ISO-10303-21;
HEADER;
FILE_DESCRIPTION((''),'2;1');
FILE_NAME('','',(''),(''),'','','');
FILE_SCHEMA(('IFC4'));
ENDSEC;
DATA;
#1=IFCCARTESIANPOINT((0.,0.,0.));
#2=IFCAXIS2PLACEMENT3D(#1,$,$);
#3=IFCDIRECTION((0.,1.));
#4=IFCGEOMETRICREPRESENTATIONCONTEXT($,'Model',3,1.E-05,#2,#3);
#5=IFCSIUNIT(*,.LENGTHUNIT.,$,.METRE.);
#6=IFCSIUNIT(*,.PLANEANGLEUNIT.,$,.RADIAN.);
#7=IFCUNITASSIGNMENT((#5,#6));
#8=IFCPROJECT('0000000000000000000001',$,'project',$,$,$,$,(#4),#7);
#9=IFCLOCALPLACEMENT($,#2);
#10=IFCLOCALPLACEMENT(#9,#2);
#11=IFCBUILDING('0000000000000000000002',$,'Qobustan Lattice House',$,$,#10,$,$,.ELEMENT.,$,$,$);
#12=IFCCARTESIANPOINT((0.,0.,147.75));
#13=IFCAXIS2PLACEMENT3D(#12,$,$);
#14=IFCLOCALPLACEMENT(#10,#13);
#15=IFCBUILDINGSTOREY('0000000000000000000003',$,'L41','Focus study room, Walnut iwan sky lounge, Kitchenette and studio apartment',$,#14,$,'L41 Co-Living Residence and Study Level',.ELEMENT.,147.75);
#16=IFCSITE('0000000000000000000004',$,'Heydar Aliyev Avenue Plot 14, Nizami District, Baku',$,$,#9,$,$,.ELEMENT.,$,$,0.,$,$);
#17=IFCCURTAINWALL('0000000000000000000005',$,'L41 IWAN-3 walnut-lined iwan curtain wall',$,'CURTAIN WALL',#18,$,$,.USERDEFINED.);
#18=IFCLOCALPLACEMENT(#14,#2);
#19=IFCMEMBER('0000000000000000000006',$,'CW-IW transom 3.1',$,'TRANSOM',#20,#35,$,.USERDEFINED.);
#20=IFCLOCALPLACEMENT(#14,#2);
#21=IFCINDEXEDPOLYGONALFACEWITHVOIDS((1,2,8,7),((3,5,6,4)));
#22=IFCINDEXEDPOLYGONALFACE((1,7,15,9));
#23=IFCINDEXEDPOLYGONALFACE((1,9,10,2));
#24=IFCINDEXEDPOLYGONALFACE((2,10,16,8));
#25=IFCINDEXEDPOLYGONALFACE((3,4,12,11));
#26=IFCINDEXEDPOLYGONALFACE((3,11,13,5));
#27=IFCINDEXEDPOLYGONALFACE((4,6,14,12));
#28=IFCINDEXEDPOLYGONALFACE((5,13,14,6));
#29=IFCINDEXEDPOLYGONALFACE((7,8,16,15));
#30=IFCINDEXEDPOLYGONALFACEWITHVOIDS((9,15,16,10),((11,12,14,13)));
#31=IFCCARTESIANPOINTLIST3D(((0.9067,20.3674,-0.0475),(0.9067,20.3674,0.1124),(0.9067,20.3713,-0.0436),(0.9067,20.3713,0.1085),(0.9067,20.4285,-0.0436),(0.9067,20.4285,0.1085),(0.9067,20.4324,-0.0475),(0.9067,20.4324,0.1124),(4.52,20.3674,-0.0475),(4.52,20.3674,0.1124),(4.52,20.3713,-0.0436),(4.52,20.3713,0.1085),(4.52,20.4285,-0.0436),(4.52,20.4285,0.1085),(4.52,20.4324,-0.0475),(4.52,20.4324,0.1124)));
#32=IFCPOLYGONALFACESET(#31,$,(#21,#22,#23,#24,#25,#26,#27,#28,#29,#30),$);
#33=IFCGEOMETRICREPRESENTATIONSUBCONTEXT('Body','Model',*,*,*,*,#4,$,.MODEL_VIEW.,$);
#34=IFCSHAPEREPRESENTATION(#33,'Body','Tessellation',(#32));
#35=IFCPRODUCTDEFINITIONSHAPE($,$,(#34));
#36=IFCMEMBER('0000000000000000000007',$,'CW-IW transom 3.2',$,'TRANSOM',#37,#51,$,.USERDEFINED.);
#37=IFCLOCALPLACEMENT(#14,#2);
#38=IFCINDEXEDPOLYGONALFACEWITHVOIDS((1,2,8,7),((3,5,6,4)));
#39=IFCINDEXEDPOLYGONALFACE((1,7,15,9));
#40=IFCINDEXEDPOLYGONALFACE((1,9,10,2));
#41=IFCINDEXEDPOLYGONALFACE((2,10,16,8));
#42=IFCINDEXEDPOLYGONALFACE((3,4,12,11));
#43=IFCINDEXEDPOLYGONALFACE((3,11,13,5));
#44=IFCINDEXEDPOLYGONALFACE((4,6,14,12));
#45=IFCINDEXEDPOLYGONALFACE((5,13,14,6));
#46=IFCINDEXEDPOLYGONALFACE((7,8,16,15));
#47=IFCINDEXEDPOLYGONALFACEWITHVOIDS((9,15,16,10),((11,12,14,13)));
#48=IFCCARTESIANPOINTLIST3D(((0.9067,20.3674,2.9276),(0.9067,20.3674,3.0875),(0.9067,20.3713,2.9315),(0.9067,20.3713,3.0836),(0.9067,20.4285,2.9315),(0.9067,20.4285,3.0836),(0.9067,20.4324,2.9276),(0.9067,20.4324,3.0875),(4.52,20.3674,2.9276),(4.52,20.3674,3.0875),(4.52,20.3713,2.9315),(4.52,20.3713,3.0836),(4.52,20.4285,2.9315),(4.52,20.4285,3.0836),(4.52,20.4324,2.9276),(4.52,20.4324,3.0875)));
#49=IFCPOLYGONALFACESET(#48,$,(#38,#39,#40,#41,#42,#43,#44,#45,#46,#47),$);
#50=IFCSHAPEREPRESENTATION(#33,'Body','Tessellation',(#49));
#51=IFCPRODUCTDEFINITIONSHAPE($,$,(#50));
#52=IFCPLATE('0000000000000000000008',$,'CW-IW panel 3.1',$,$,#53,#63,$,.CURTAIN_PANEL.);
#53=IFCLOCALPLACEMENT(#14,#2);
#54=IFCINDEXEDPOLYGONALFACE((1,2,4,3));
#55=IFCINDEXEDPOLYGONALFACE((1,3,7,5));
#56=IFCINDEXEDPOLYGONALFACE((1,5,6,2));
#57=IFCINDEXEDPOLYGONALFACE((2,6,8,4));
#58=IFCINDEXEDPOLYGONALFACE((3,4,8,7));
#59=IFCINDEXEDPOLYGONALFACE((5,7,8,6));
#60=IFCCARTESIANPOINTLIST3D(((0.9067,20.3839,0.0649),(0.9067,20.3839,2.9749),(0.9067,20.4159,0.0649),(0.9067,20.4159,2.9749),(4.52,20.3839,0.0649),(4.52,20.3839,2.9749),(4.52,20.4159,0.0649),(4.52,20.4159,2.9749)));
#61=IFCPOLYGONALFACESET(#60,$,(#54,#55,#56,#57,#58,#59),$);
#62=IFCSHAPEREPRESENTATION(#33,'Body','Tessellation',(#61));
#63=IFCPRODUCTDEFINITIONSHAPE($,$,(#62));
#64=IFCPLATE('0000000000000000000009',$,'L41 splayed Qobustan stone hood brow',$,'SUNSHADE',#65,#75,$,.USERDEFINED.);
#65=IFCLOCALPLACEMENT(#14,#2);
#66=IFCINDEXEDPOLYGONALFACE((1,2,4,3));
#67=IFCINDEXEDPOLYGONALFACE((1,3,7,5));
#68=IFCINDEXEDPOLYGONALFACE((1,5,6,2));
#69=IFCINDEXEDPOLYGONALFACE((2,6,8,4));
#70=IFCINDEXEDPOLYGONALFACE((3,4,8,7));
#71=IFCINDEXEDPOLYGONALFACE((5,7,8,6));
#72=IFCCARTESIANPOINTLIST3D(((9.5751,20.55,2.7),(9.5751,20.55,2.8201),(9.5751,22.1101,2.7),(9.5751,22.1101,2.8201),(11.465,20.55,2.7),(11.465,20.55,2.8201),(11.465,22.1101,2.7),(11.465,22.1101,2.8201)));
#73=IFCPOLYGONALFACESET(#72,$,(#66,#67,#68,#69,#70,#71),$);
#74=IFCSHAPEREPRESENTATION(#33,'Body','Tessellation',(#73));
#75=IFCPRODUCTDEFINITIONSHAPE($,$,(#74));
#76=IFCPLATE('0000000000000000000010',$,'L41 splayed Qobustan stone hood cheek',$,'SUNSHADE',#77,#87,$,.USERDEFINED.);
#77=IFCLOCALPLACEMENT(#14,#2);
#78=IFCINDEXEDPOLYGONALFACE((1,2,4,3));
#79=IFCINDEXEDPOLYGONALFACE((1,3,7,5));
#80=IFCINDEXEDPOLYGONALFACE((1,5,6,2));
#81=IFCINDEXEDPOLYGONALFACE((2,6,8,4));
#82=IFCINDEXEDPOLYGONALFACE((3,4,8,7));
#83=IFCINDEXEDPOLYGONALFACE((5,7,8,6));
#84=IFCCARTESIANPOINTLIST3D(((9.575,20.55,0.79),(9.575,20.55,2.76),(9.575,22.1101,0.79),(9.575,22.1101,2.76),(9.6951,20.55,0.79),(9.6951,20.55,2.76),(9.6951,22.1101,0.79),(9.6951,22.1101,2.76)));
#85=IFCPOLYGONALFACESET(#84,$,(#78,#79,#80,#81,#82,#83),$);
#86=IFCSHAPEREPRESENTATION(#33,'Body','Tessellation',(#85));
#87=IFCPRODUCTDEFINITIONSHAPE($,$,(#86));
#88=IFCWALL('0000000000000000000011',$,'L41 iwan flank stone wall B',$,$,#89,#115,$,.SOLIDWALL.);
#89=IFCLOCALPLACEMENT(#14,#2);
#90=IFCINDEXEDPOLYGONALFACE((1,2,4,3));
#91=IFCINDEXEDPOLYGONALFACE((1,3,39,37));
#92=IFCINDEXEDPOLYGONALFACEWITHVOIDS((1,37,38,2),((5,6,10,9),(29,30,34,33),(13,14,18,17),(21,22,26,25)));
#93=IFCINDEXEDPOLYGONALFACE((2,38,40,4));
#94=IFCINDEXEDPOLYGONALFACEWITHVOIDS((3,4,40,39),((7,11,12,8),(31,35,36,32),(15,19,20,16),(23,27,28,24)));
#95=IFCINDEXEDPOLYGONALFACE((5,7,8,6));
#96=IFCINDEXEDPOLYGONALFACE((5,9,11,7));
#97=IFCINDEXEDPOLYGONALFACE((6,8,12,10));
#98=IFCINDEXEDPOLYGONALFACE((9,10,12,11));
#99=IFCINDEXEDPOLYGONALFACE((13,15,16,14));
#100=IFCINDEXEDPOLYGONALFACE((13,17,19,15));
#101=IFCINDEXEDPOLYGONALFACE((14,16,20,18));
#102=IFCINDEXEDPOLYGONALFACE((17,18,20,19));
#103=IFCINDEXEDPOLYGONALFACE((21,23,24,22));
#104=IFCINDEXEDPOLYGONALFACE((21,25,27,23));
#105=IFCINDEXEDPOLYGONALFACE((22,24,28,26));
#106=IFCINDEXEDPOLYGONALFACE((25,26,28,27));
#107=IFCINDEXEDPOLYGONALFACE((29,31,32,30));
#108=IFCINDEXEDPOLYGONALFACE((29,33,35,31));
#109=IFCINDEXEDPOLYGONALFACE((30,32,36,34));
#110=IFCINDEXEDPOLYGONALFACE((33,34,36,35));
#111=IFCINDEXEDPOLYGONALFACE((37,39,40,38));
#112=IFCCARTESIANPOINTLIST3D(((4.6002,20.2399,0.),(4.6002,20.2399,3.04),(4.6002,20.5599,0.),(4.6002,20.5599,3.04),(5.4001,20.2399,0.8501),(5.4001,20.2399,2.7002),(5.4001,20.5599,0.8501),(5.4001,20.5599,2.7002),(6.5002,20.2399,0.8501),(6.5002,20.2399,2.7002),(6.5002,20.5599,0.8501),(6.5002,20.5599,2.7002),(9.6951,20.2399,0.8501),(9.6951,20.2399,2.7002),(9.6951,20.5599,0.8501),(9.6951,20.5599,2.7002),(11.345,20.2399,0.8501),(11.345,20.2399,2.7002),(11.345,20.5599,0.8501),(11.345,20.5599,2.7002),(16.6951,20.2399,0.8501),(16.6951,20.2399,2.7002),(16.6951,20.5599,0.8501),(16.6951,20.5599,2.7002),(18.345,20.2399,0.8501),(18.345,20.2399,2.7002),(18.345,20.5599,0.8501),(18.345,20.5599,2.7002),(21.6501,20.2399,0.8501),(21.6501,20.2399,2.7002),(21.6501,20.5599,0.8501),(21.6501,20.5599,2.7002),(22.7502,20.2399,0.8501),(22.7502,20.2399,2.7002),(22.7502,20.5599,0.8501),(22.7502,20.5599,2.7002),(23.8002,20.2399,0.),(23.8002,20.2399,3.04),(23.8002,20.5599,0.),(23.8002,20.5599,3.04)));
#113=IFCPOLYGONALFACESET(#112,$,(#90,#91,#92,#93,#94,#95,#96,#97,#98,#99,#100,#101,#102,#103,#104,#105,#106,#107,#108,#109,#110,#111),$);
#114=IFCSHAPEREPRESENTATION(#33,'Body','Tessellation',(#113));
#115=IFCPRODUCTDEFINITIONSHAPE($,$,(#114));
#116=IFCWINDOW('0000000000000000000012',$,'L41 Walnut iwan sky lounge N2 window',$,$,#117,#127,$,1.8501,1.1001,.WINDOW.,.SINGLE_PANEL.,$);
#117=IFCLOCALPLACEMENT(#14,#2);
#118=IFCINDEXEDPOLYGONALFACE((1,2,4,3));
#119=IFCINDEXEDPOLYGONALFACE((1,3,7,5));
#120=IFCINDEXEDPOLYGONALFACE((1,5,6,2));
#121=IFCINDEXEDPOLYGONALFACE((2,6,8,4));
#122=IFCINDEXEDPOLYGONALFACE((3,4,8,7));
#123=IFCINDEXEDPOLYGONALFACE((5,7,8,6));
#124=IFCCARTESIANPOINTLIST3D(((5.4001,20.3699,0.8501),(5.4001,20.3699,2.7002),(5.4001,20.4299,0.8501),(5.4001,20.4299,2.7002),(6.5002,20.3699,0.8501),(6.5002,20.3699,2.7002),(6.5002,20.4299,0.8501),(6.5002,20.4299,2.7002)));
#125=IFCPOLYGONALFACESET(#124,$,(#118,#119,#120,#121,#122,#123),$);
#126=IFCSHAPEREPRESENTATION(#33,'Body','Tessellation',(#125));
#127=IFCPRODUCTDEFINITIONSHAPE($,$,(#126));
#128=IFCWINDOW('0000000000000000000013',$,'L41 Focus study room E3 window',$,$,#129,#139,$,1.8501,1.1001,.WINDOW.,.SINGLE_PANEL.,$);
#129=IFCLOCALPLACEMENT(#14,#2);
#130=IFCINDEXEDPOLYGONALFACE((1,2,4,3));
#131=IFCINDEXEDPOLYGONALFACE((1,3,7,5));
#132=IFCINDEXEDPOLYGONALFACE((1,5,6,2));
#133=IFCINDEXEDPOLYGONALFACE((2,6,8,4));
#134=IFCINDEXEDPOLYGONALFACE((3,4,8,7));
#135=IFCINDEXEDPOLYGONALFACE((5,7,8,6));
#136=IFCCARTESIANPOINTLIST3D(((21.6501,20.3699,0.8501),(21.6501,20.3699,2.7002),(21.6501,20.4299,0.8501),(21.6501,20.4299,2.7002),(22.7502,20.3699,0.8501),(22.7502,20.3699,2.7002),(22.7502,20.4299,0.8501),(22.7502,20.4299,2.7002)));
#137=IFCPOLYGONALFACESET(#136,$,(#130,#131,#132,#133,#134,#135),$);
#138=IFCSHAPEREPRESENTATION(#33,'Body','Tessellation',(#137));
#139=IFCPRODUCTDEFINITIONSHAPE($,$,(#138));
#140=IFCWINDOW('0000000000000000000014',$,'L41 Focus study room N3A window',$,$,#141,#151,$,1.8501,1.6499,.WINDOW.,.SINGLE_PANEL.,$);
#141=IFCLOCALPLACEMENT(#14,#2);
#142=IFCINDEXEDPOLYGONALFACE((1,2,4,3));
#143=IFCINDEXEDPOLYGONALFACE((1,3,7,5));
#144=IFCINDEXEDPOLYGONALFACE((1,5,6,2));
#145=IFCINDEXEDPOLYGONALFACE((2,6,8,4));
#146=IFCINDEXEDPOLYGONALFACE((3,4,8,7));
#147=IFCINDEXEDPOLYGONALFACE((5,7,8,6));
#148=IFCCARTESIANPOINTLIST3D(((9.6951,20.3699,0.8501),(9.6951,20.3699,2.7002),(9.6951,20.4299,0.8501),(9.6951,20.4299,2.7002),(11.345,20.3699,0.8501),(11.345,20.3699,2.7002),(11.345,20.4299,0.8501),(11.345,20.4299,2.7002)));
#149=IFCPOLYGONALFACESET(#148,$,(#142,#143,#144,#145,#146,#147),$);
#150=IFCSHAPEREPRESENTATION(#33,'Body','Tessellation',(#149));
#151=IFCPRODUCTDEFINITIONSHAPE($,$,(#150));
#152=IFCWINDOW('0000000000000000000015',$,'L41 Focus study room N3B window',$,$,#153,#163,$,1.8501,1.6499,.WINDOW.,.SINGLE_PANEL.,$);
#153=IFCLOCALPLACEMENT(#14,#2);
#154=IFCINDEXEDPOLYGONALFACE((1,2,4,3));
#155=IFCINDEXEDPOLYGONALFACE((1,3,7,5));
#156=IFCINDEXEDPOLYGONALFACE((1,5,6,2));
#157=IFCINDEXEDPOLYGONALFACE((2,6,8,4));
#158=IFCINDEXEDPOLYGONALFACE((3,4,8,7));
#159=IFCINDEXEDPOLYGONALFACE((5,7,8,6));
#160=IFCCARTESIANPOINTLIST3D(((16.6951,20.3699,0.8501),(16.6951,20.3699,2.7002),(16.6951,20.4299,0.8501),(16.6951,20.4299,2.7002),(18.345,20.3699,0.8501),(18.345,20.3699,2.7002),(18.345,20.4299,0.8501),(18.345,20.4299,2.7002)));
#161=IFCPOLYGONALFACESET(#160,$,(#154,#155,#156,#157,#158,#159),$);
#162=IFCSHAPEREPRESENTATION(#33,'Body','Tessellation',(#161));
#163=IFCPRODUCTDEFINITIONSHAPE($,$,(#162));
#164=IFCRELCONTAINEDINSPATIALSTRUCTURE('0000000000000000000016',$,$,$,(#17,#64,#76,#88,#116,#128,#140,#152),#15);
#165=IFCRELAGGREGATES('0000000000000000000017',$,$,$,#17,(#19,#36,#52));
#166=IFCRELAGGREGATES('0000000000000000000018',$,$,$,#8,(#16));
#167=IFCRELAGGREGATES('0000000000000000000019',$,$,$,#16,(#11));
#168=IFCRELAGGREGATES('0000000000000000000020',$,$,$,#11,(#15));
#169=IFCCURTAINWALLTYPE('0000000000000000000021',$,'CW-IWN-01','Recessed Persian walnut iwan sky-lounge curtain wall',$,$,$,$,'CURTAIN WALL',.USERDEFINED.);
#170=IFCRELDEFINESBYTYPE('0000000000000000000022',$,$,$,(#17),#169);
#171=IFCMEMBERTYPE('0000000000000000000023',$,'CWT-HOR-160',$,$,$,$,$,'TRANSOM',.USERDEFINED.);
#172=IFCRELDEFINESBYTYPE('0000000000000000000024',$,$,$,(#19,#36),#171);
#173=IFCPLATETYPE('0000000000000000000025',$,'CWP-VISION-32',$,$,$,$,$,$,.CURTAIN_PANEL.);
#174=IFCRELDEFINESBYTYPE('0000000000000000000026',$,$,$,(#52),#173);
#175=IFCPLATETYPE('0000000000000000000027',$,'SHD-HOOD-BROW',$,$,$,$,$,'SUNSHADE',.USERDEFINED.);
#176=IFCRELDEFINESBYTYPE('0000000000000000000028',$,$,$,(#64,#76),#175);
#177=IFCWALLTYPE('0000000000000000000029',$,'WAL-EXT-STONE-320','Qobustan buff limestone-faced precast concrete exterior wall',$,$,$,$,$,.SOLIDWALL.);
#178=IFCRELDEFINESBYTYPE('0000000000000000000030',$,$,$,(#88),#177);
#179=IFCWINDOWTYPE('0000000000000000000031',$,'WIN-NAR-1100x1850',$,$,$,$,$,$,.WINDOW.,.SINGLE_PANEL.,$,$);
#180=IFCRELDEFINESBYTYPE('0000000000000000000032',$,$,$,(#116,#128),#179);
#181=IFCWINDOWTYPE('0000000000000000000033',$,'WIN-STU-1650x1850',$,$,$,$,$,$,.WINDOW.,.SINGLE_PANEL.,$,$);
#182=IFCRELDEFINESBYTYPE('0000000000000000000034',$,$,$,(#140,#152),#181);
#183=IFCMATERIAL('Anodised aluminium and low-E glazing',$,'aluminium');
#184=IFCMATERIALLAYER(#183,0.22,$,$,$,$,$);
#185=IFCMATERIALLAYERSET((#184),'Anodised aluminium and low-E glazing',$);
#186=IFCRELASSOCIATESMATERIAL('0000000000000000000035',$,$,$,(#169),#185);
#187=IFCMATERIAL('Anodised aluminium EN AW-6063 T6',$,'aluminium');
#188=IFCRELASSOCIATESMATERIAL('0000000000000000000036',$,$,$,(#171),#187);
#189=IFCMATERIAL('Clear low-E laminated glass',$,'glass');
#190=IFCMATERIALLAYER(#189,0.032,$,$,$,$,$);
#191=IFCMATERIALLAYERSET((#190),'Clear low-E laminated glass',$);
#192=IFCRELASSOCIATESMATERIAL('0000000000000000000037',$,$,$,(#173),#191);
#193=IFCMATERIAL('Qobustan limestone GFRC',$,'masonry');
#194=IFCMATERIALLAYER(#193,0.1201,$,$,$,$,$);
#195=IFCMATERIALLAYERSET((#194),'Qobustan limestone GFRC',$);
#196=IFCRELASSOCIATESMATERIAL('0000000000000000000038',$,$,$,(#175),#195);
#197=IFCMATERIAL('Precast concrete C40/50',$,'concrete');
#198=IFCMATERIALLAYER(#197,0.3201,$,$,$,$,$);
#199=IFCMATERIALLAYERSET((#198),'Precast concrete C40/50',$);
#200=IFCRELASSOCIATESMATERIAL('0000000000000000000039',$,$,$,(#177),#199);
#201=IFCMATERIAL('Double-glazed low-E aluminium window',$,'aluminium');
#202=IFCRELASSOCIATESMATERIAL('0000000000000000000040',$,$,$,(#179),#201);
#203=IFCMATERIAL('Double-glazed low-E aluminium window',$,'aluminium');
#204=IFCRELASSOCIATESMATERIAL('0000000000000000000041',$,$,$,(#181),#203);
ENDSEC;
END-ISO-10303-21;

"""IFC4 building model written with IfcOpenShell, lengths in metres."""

from ifc_helpers import new_model, si_unit, direction, frame, frame_2d, origin, origin_2d, place, context, subcontext, project, spatial, rectangle, hollow_rectangle, extrude, material, layer, layer_set, material_profile, profile_set, type_object, element, fill, aggregate, save


model = new_model("IFC4")

# Units and contexts
model_context = context("Model", 3, precision=1e-05, world=origin(), true_north=direction((0.0, 1.0)))
body_context = subcontext(model_context, "Body", "Model", "MODEL_VIEW")
ifc_project = project(units=[si_unit("LENGTHUNIT", "METRE"), si_unit("PLANEANGLEUNIT", "RADIAN")], contexts=[model_context])

# Site, building, storey
site_placement = place(None, origin())
site = spatial("IfcSite", under=ifc_project, at=site_placement, Name="Heydar Aliyev Avenue Plot 14, Nizami District, Baku", CompositionType="ELEMENT", RefElevation=0.0)
building_placement = place(site_placement, origin())
building = spatial("IfcBuilding", under=site, at=building_placement, Name="Qobustan Lattice House", CompositionType="ELEMENT")
storey_placement = place(building_placement, frame((0.0, 0.0, 147.75)))
storey = spatial("IfcBuildingStorey", under=building, at=storey_placement, Name="L41", Description="Focus study room, Walnut iwan sky lounge, Kitchenette and studio apartment", LongName="L41 Co-Living Residence and Study Level", CompositionType="ELEMENT", Elevation=147.75)

# Curtain wall, members, plate
ifc_material_1 = material(Name="Anodised aluminium and low-E glazing", Category="aluminium")
ifc_layer_1 = layer(ifc_material_1, 0.22)
ifc_layer_set_1 = layer_set([ifc_layer_1], Name="Anodised aluminium and low-E glazing")
curtain_wall_type = type_object("IfcCurtainWallType", Name="CW-IWN-01", Description="Recessed Persian walnut iwan sky-lounge curtain wall", ElementType="CURTAIN WALL", PredefinedType="USERDEFINED", material=ifc_layer_set_1)
curtain_wall_placement = place(storey_placement, origin())
curtain_wall = element("IfcCurtainWall", 1, at=curtain_wall_placement, inside=storey, type_object=curtain_wall_type, Name="L41 IWAN-3 walnut-lined iwan curtain wall", ObjectType="CURTAIN WALL", PredefinedType="USERDEFINED")
ifc_material_2 = material(Name="Anodised aluminium EN AW-6063 T6", Category="aluminium")
ifc_material_profile_1 = material_profile(ifc_material_2, hollow_rectangle(XDim=0.0649, YDim=0.1599, WallThickness=0.0039, at=origin_2d()), Name="CWT-160x65")
ifc_profile_set_1 = profile_set([ifc_material_profile_1], Name="Anodised aluminium EN AW-6063 T6")
member_type_1 = type_object("IfcMemberType", Name="CWT-HOR-160", ElementType="TRANSOM", PredefinedType="USERDEFINED", material=ifc_profile_set_1)
member_1_placement = place(storey_placement, frame((0.9067, 20.3999, 0.0325), z_axis=(1.0, 0.0, 0.0), x_axis=(0.0, 1.0, 0.0)))
member_1 = element("IfcMember", 2, at=member_1_placement, type_object=member_type_1, Name="CW-IW transom 3.1", ObjectType="TRANSOM", PredefinedType="USERDEFINED", context=body_context, shape_type="SweptSolid", body=[
    extrude(hollow_rectangle(XDim=0.0649, YDim=0.1599, WallThickness=0.0039, at=origin_2d()), origin(), (0.0, 0.0, 1.0), 3.6133),
])
member_2_placement = place(storey_placement, frame((0.9067, 20.3999, 3.0076), z_axis=(1.0, 0.0, 0.0), x_axis=(0.0, 1.0, 0.0)))
member_2 = element("IfcMember", 3, at=member_2_placement, type_object=member_type_1, Name="CW-IW transom 3.2", ObjectType="TRANSOM", PredefinedType="USERDEFINED", context=body_context, shape_type="SweptSolid", body=[
    extrude(hollow_rectangle(XDim=0.0649, YDim=0.1599, WallThickness=0.0039, at=origin_2d()), origin(), (0.0, 0.0, 1.0), 3.6133),
])
ifc_material_3 = material(Name="Clear low-E laminated glass", Category="glass")
ifc_layer_2 = layer(ifc_material_3, 0.032)
ifc_layer_set_2 = layer_set([ifc_layer_2], Name="Clear low-E laminated glass")
plate_type_1 = type_object("IfcPlateType", Name="CWP-VISION-32", PredefinedType="CURTAIN_PANEL", material=ifc_layer_set_2)
plate_1_placement = place(storey_placement, frame((2.7134, 20.3999, 0.0649), z_axis=(0.0, 0.0, 1.0), x_axis=(1.0, 0.0, 0.0)))
plate_1 = element("IfcPlate", 4, at=plate_1_placement, type_object=plate_type_1, Name="CW-IW panel 3.1", PredefinedType="CURTAIN_PANEL", context=body_context, shape_type="SweptSolid", body=[
    extrude(rectangle(XDim=3.6133, YDim=0.032, at=origin_2d()), origin(), (0.0, 0.0, 1.0), 2.9099),
])
aggregate(curtain_wall, [member_1, member_2, plate_1])

# Plates
ifc_material_4 = material(Name="Qobustan limestone GFRC", Category="masonry")
ifc_layer_3 = layer(ifc_material_4, 0.1201)
ifc_layer_set_3 = layer_set([ifc_layer_3], Name="Qobustan limestone GFRC")
plate_type_2 = type_object("IfcPlateType", Name="SHD-HOOD-BROW", ElementType="SUNSHADE", PredefinedType="USERDEFINED", material=ifc_layer_set_3)
plate_2_placement = place(storey_placement, frame((10.52, 21.3301, 2.7), z_axis=(0.0, 0.0, 1.0), x_axis=(1.0, 0.0, 0.0)))
element("IfcPlate", 5, at=plate_2_placement, inside=storey, type_object=plate_type_2, Name="L41 splayed Qobustan stone hood brow", ObjectType="SUNSHADE", PredefinedType="USERDEFINED", context=body_context, shape_type="SweptSolid", body=[
    extrude(rectangle(XDim=1.8899, YDim=1.5601, at=origin_2d()), origin(), (0.0, 0.0, 1.0), 0.1201),
])
plate_3_placement = place(storey_placement, frame((9.635, 21.3301, 0.79), z_axis=(0.0, 0.0, 1.0), x_axis=(1.0, 0.0, 0.0)))
element("IfcPlate", 6, at=plate_3_placement, inside=storey, type_object=plate_type_2, Name="L41 splayed Qobustan stone hood cheek", ObjectType="SUNSHADE", PredefinedType="USERDEFINED", context=body_context, shape_type="SweptSolid", body=[
    extrude(rectangle(XDim=0.1201, YDim=1.5601, at=origin_2d()), origin(), (0.0, 0.0, 1.0), 1.97),
])

# Wall, openings, windows
ifc_material_5 = material(Name="Precast concrete C40/50", Category="concrete")
ifc_layer_4 = layer(ifc_material_5, 0.3201)
ifc_layer_set_4 = layer_set([ifc_layer_4], Name="Precast concrete C40/50")
wall_type_1 = type_object("IfcWallType", Name="WAL-EXT-STONE-320", Description="Qobustan buff limestone-faced precast concrete exterior wall", PredefinedType="SOLIDWALL", material=ifc_layer_set_4)
wall_1_placement = place(storey_placement, frame((4.6001, 20.3999, 0.0), z_axis=(0.0, 0.0, 1.0), x_axis=(1.0, 0.0, 0.0)))
wall_1 = element("IfcWall", 7, at=wall_1_placement, inside=storey, type_object=wall_type_1, Name="L41 iwan flank stone wall B", PredefinedType="SOLIDWALL", context=body_context, shape_type="SweptSolid", body=[
    extrude(rectangle(XDim=19.2, YDim=0.3201, at=frame_2d((9.6001, 0.0))), origin(), (0.0, 0.0, 1.0), 3.04),
])
opening_1_placement = place(wall_1_placement, frame((0.8, 0.0, 0.8501)))
opening_1 = element("IfcOpeningElement", 8, at=opening_1_placement, cuts=wall_1, PredefinedType="OPENING", context=body_context, shape_type="SweptSolid", body=[
    extrude(rectangle(XDim=1.1001, YDim=1.8501, at=frame_2d((0.55, 0.925))), frame((0.0, 0.1699, 0.0), z_axis=(0.0, -1.0, 0.0), x_axis=(1.0, 0.0, 0.0)), (0.0, 0.0, 1.0), 0.3401),
])
opening_2_placement = place(wall_1_placement, frame((5.095, 0.0, 0.8501)))
opening_2 = element("IfcOpeningElement", 9, at=opening_2_placement, cuts=wall_1, PredefinedType="OPENING", context=body_context, shape_type="SweptSolid", body=[
    extrude(rectangle(XDim=1.6499, YDim=1.8501, at=frame_2d((0.825, 0.925))), frame((0.0, 0.1699, 0.0), z_axis=(0.0, -1.0, 0.0), x_axis=(1.0, 0.0, 0.0)), (0.0, 0.0, 1.0), 0.3401),
])
opening_3_placement = place(wall_1_placement, frame((12.095, 0.0, 0.8501)))
opening_3 = element("IfcOpeningElement", 10, at=opening_3_placement, cuts=wall_1, PredefinedType="OPENING", context=body_context, shape_type="SweptSolid", body=[
    extrude(rectangle(XDim=1.6499, YDim=1.8501, at=frame_2d((0.825, 0.925))), frame((0.0, 0.1699, 0.0), z_axis=(0.0, -1.0, 0.0), x_axis=(1.0, 0.0, 0.0)), (0.0, 0.0, 1.0), 0.3401),
])
opening_4_placement = place(wall_1_placement, frame((17.05, 0.0, 0.8501)))
opening_4 = element("IfcOpeningElement", 11, at=opening_4_placement, cuts=wall_1, PredefinedType="OPENING", context=body_context, shape_type="SweptSolid", body=[
    extrude(rectangle(XDim=1.1001, YDim=1.8501, at=frame_2d((0.55, 0.925))), frame((0.0, 0.1699, 0.0), z_axis=(0.0, -1.0, 0.0), x_axis=(1.0, 0.0, 0.0)), (0.0, 0.0, 1.0), 0.3401),
])
ifc_material_6 = material(Name="Double-glazed low-E aluminium window", Category="aluminium")
window_type_1 = type_object("IfcWindowType", Name="WIN-NAR-1100x1850", PartitioningType="SINGLE_PANEL", PredefinedType="WINDOW", material=ifc_material_6)
window_1_placement = place(opening_1_placement, origin())
window_1 = element("IfcWindow", 12, at=window_1_placement, inside=storey, type_object=window_type_1, Name="L41 Walnut iwan sky lounge N2 window", OverallHeight=1.8501, OverallWidth=1.1001, PartitioningType="SINGLE_PANEL", PredefinedType="WINDOW", context=body_context, shape_type="SweptSolid", body=[
    extrude(rectangle(XDim=1.1001, YDim=1.8501, at=frame_2d((0.55, 0.925))), frame((0.0, 0.03, 0.0), z_axis=(0.0, -1.0, 0.0), x_axis=(1.0, 0.0, 0.0)), (0.0, 0.0, 1.0), 0.0601),
])
fill(opening_1, window_1)
window_2_placement = place(opening_4_placement, origin())
window_2 = element("IfcWindow", 13, at=window_2_placement, inside=storey, type_object=window_type_1, Name="L41 Focus study room E3 window", OverallHeight=1.8501, OverallWidth=1.1001, PartitioningType="SINGLE_PANEL", PredefinedType="WINDOW", context=body_context, shape_type="SweptSolid", body=[
    extrude(rectangle(XDim=1.1001, YDim=1.8501, at=frame_2d((0.55, 0.925))), frame((0.0, 0.03, 0.0), z_axis=(0.0, -1.0, 0.0), x_axis=(1.0, 0.0, 0.0)), (0.0, 0.0, 1.0), 0.0601),
])
fill(opening_4, window_2)
ifc_material_7 = material(Name="Double-glazed low-E aluminium window", Category="aluminium")
window_type_2 = type_object("IfcWindowType", Name="WIN-STU-1650x1850", PartitioningType="SINGLE_PANEL", PredefinedType="WINDOW", material=ifc_material_7)
window_3_placement = place(opening_2_placement, origin())
window_3 = element("IfcWindow", 14, at=window_3_placement, inside=storey, type_object=window_type_2, Name="L41 Focus study room N3A window", OverallHeight=1.8501, OverallWidth=1.6499, PartitioningType="SINGLE_PANEL", PredefinedType="WINDOW", context=body_context, shape_type="SweptSolid", body=[
    extrude(rectangle(XDim=1.6499, YDim=1.8501, at=frame_2d((0.825, 0.925))), frame((0.0, 0.03, 0.0), z_axis=(0.0, -1.0, 0.0), x_axis=(1.0, 0.0, 0.0)), (0.0, 0.0, 1.0), 0.0601),
])
fill(opening_2, window_3)
window_4_placement = place(opening_3_placement, origin())
window_4 = element("IfcWindow", 15, at=window_4_placement, inside=storey, type_object=window_type_2, Name="L41 Focus study room N3B window", OverallHeight=1.8501, OverallWidth=1.6499, PartitioningType="SINGLE_PANEL", PredefinedType="WINDOW", context=body_context, shape_type="SweptSolid", body=[
    extrude(rectangle(XDim=1.6499, YDim=1.8501, at=frame_2d((0.825, 0.925))), frame((0.0, 0.03, 0.0), z_axis=(0.0, -1.0, 0.0), x_axis=(1.0, 0.0, 0.0)), (0.0, 0.0, 1.0), 0.0601),
])
fill(opening_3, window_4)

save(model, "model.ifc")
